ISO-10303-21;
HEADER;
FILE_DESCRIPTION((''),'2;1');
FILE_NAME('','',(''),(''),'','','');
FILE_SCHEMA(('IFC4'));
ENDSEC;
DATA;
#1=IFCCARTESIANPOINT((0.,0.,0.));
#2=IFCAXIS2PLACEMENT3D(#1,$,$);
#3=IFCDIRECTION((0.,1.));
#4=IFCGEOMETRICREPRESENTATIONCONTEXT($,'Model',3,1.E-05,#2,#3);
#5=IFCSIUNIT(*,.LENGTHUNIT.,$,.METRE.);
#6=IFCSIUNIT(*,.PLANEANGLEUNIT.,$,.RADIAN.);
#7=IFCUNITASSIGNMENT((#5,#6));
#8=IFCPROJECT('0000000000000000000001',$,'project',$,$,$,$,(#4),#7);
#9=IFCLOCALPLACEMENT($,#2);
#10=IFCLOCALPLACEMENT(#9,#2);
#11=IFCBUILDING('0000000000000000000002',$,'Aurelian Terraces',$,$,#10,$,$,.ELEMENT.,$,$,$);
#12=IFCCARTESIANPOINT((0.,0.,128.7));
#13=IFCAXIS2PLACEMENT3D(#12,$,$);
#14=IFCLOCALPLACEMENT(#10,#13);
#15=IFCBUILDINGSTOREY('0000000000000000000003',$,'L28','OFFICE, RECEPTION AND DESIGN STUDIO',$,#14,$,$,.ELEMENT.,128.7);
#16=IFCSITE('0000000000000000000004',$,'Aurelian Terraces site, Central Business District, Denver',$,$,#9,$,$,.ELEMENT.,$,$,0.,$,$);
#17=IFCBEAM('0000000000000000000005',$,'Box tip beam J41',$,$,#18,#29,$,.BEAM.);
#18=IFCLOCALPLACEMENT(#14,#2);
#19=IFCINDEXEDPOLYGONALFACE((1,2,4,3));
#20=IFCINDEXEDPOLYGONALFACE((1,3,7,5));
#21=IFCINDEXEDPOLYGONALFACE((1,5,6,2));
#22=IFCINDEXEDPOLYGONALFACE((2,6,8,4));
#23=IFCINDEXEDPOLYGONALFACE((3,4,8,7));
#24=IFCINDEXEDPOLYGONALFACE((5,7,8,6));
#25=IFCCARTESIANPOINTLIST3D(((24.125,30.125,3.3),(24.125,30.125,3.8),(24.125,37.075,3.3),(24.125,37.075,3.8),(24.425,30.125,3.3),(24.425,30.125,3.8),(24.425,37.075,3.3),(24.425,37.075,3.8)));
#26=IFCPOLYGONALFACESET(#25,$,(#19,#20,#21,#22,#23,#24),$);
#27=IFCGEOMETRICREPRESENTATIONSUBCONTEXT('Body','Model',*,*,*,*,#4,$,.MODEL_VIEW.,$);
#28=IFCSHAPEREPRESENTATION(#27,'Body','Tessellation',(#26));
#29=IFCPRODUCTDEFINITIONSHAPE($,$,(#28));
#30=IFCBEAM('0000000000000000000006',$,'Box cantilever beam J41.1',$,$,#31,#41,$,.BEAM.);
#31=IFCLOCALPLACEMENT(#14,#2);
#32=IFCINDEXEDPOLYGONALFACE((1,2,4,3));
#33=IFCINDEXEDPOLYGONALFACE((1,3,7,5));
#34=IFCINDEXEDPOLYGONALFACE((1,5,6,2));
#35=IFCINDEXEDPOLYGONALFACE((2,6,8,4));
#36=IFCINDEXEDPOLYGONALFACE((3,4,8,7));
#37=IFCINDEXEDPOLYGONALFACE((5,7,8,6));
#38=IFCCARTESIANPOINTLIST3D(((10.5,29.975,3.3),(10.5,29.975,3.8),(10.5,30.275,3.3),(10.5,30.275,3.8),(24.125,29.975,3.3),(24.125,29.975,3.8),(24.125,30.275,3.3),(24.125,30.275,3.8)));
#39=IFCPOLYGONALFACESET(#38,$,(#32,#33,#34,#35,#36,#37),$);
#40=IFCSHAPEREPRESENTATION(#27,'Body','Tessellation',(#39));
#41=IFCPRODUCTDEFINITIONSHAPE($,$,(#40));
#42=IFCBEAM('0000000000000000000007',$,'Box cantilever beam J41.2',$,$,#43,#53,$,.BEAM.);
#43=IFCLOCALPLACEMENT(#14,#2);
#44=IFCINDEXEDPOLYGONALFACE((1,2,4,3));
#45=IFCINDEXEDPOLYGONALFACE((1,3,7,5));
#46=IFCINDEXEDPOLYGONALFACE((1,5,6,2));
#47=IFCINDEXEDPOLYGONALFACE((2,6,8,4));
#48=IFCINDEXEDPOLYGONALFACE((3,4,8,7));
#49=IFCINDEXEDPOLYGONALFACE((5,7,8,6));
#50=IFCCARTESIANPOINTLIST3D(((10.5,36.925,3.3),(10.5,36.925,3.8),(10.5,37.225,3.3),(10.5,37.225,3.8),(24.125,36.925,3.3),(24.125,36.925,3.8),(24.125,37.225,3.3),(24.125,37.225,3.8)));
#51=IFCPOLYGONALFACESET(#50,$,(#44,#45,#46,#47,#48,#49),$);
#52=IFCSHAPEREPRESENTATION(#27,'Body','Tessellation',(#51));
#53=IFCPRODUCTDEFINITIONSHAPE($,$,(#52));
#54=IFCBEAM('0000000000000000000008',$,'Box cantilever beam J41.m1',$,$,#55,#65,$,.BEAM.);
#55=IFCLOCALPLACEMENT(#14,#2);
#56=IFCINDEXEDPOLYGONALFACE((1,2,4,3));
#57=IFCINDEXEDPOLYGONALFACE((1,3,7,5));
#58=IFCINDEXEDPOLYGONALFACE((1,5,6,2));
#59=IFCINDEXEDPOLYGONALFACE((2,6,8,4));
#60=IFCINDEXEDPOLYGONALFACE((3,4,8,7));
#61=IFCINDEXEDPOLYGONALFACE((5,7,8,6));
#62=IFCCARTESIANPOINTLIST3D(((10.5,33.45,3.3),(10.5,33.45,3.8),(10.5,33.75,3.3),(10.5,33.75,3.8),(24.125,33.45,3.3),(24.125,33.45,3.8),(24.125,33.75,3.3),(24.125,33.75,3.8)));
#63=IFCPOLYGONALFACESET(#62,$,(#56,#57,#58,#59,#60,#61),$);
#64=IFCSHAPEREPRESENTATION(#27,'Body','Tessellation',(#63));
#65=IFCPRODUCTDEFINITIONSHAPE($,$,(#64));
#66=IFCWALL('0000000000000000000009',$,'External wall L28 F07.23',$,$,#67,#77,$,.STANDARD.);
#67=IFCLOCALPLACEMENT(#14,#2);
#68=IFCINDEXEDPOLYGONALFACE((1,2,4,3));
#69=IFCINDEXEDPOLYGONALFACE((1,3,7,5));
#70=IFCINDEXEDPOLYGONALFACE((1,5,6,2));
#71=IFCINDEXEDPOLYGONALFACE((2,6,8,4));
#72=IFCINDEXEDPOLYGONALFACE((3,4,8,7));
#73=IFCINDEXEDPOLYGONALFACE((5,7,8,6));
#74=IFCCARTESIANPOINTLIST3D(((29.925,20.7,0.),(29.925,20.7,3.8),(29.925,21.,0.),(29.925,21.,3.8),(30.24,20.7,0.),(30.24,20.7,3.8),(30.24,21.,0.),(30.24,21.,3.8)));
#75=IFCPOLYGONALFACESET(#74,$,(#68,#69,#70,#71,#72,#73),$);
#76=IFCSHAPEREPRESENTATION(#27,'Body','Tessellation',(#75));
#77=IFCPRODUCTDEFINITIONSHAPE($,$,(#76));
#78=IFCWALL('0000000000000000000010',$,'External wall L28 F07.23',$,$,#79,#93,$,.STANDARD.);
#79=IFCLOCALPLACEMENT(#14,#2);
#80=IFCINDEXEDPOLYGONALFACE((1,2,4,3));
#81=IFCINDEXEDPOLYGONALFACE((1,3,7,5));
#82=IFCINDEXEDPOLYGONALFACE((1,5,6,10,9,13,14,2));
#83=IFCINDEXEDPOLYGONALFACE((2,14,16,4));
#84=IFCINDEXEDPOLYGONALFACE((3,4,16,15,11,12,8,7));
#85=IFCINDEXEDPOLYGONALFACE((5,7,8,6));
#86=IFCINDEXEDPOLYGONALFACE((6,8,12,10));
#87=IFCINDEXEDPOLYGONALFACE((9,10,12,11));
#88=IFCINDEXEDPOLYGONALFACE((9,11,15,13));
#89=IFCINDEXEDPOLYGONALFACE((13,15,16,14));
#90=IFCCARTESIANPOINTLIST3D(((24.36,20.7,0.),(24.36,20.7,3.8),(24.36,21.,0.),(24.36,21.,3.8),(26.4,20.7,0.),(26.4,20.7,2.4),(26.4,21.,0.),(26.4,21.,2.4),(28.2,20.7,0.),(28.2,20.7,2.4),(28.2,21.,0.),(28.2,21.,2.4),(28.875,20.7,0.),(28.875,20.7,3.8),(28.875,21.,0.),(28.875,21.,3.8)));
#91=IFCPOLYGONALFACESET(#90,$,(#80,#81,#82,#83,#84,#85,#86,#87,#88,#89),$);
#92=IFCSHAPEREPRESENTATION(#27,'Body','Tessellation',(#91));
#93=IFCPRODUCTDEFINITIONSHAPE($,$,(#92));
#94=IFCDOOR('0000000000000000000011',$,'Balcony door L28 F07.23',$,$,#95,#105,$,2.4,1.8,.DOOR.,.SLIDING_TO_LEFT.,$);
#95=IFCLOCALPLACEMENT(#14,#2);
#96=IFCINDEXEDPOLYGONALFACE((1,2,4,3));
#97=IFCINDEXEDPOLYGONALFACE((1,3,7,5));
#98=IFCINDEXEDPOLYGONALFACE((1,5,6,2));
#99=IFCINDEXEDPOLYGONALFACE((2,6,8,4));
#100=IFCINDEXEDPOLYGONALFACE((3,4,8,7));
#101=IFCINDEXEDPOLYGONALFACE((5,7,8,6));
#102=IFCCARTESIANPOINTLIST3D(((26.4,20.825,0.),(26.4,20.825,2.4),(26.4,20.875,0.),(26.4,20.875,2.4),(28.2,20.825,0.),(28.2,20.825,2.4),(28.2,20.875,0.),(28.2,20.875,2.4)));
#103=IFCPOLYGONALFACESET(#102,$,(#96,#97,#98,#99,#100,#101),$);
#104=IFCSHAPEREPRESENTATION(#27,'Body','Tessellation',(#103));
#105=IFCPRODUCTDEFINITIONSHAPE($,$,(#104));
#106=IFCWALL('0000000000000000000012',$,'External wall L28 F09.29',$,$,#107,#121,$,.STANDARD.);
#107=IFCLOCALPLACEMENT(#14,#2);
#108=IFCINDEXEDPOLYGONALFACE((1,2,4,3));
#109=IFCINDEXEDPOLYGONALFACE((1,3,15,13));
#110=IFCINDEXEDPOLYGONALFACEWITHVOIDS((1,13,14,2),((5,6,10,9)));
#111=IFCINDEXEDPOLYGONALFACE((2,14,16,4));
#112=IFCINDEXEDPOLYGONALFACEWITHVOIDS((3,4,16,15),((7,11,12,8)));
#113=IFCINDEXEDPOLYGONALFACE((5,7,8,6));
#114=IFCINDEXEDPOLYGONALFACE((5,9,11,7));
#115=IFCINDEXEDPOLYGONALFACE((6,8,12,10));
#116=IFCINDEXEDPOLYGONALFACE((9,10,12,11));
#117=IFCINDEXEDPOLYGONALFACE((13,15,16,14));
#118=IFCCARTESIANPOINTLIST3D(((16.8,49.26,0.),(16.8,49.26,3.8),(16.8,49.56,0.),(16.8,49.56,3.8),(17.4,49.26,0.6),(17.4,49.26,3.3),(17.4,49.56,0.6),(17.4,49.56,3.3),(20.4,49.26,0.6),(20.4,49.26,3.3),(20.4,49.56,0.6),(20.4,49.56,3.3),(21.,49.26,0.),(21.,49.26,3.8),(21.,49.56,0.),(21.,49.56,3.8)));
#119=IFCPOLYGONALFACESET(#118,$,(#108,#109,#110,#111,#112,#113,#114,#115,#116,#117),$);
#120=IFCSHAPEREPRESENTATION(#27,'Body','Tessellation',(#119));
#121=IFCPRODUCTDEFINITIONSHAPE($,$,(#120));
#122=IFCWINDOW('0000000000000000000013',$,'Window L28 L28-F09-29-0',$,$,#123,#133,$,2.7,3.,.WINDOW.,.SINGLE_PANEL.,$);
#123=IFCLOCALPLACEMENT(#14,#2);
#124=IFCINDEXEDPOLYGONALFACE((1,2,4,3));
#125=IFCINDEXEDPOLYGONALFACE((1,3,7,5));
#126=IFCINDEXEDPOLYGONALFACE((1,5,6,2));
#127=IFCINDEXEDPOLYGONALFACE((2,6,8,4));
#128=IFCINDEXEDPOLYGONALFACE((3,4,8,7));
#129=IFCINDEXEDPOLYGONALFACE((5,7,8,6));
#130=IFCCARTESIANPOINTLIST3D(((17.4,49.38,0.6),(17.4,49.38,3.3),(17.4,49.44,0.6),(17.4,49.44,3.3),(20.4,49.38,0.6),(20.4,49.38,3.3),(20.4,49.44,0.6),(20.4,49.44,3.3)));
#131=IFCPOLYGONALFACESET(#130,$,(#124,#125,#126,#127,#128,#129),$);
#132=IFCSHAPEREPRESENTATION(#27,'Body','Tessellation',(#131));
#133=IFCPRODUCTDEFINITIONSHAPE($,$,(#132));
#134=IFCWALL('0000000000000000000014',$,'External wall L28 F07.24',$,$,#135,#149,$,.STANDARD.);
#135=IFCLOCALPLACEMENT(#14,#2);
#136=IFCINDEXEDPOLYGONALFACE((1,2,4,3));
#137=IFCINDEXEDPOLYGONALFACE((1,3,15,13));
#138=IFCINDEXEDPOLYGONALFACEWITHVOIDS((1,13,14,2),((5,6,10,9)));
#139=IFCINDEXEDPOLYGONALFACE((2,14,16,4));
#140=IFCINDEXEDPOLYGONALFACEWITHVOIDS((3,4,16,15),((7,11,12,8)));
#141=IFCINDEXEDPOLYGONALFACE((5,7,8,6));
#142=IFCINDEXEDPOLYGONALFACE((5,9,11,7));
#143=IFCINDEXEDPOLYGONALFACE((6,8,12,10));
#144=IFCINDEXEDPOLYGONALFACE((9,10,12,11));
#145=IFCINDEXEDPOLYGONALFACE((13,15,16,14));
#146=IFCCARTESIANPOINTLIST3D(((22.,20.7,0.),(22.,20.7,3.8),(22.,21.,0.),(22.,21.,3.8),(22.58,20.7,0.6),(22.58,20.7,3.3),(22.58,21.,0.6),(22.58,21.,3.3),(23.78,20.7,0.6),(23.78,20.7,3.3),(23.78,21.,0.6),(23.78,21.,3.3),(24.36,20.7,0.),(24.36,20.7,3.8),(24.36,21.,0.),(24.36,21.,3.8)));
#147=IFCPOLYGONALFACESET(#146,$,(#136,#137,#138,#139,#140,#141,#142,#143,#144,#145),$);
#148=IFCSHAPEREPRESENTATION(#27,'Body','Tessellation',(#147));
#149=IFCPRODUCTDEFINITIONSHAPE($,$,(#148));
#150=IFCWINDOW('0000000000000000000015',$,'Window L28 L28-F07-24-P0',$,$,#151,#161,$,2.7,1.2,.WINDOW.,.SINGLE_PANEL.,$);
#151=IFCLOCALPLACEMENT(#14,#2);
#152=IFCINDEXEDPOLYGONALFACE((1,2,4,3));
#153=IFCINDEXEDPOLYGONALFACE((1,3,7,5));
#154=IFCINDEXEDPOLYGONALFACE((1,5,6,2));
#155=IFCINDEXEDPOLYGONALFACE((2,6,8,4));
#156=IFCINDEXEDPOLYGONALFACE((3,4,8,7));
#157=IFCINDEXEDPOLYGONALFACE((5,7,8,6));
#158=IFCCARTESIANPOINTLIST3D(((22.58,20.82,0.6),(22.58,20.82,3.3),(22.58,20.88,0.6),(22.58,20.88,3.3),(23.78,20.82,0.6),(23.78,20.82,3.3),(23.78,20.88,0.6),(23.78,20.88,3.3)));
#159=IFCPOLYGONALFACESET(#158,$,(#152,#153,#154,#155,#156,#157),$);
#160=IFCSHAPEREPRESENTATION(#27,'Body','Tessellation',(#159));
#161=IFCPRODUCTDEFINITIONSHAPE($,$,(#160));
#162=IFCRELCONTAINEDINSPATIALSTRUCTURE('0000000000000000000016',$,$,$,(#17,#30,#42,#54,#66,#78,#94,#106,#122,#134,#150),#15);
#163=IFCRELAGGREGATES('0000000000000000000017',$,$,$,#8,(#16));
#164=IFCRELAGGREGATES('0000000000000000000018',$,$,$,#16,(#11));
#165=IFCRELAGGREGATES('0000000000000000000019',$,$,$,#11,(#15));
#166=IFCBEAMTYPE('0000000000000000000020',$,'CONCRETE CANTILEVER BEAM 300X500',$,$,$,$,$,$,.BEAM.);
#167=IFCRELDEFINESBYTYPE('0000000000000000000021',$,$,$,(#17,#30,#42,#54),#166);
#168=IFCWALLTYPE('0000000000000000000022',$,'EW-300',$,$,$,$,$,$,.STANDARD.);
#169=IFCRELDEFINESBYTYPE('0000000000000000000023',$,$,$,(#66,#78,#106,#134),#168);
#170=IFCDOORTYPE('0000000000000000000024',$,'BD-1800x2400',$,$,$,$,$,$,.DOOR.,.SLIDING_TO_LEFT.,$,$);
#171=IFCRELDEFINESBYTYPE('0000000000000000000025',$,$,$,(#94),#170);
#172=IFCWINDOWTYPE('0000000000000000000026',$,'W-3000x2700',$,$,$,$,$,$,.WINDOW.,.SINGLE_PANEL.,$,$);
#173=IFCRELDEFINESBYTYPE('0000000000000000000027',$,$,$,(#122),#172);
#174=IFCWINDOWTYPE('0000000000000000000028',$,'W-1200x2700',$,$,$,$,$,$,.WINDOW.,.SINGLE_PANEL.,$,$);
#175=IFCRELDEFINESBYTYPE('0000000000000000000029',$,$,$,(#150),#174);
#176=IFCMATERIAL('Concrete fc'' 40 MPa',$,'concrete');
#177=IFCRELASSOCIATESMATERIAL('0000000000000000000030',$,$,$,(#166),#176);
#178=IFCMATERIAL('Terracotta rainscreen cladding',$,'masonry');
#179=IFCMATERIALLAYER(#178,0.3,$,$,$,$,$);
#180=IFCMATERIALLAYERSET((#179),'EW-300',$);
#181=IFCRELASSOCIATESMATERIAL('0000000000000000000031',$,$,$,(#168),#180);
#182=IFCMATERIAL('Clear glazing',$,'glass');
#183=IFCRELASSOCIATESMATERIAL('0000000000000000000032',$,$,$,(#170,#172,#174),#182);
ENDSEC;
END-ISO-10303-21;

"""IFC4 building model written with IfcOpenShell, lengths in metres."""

from ifc_helpers import new_model, si_unit, direction, frame, frame_2d, origin, origin_2d, place, context, subcontext, project, spatial, rectangle, extrude, source, transform, mapped, material, layer, layer_set, material_profile, profile_set, type_object, element, fill, save


model = new_model("IFC4")

# Units and contexts
model_context = context("Model", 3, precision=1e-05, world=origin(), true_north=direction((0.0, 1.0)))
body_context = subcontext(model_context, "Body", "Model", "MODEL_VIEW")
ifc_project = project(units=[si_unit("LENGTHUNIT", "METRE"), si_unit("PLANEANGLEUNIT", "RADIAN")], contexts=[model_context])

# Site, building, storey
site_placement = place(None, origin())
site = spatial("IfcSite", under=ifc_project, at=site_placement, Name="Aurelian Terraces site, Central Business District, Denver", CompositionType="ELEMENT", RefElevation=0.0)
building_placement = place(site_placement, origin())
building = spatial("IfcBuilding", under=site, at=building_placement, Name="Aurelian Terraces", CompositionType="ELEMENT")
storey_placement = place(building_placement, frame((0.0, 0.0, 128.7)))
storey = spatial("IfcBuildingStorey", under=building, at=storey_placement, Name="L28", Description="OFFICE, RECEPTION AND DESIGN STUDIO", CompositionType="ELEMENT", Elevation=128.7)

# Beams
ifc_material_1 = material(Name="Concrete fc' 40 MPa", Category="concrete")
ifc_material_profile = material_profile(ifc_material_1, rectangle(XDim=0.3, YDim=0.5, at=origin_2d()))
ifc_profile_set = profile_set([ifc_material_profile], Name="Concrete fc' 40 MPa")
beam_type = type_object("IfcBeamType", Name="CONCRETE CANTILEVER BEAM 300X500", PredefinedType="BEAM", material=ifc_profile_set)
beam_placement = place(storey_placement, frame((24.275, 30.125, 3.55), z_axis=(0.0, 1.0, 0.0), x_axis=(-1.0, 0.0, 0.0)))
element("IfcBeam", 1, at=beam_placement, inside=storey, type_object=beam_type, Name="Box tip beam J41", PredefinedType="BEAM", context=body_context, shape_type="SweptSolid", body=[
    extrude(rectangle(XDim=0.3, YDim=0.5, at=origin_2d()), origin(), (0.0, 0.0, 1.0), 6.95),
])
shared_shape_1 = source(origin(), body_context, "Body", "SweptSolid", [
    extrude(rectangle(XDim=0.3, YDim=0.5, at=origin_2d()), origin(), (0.0, 0.0, 1.0), 13.625),
])
for number, where, z_axis, x_axis, name in (
    (2, (24.125, 30.125, 3.55), (-1.0, 0.0, 0.0), (0.0, -1.0, 0.0), "Box cantilever beam J41.1"),
    (3, (24.125, 37.075, 3.55), (-1.0, 0.0, 0.0), (0.0, -1.0, 0.0), "Box cantilever beam J41.2"),
    (4, (24.125, 33.6, 3.55), (-1.0, 0.0, 0.0), (0.0, -1.0, 0.0), "Box cantilever beam J41.m1"),
):
    element("IfcBeam", number, at=place(storey_placement, frame(where, z_axis=z_axis, x_axis=x_axis)), inside=storey, type_object=beam_type, Name=name, PredefinedType="BEAM", context=body_context, shape_type="MappedRepresentation", body=[
        mapped(shared_shape_1, transform((0.0, 0.0, 0.0), scale=1.0)),
    ])

# Wall
ifc_material_2 = material(Name="Terracotta rainscreen cladding", Category="masonry")
ifc_layer = layer(ifc_material_2, 0.3)
ifc_layer_set = layer_set([ifc_layer], Name="EW-300")
wall_type = type_object("IfcWallType", Name="EW-300", PredefinedType="STANDARD", material=ifc_layer_set)
wall_1_placement = place(storey_placement, frame((30.24, 20.85, 0.0), z_axis=(0.0, 0.0, 1.0), x_axis=(-1.0, 0.0, 0.0)))
element("IfcWall", 5, at=wall_1_placement, inside=storey, type_object=wall_type, Name="External wall L28 F07.23", PredefinedType="STANDARD", context=body_context, shape_type="SweptSolid", body=[
    extrude(rectangle(XDim=0.315, YDim=0.3, at=frame_2d((0.1575, 0.0))), origin(), (0.0, 0.0, 1.0), 3.8),
])

# Wall, opening, door
wall_2_placement = place(storey_placement, frame((28.875, 20.85, 0.0), z_axis=(0.0, 0.0, 1.0), x_axis=(-1.0, 0.0, 0.0)))
wall_2 = element("IfcWall", 6, at=wall_2_placement, inside=storey, type_object=wall_type, Name="External wall L28 F07.23", PredefinedType="STANDARD", context=body_context, shape_type="SweptSolid", body=[
    extrude(rectangle(XDim=4.515, YDim=0.3, at=frame_2d((2.2575, 0.0))), origin(), (0.0, 0.0, 1.0), 3.8),
])
shared_shape_2 = source(origin(), body_context, "Body", "SweptSolid", [
    extrude(rectangle(XDim=1.8, YDim=2.4, at=frame_2d((0.9, 1.2))), frame((0.0, 0.16, 0.0), z_axis=(0.0, -1.0, 0.0), x_axis=(1.0, 0.0, 0.0)), (0.0, 0.0, 1.0), 0.32),
])
opening_1_placement = place(wall_2_placement, frame((0.675, 0.0, 0.0)))
opening_1 = element("IfcOpeningElement", 7, at=opening_1_placement, cuts=wall_2, PredefinedType="OPENING", context=body_context, shape_type="MappedRepresentation", body=[
    mapped(shared_shape_2, transform((0.0, 0.0, 0.0), scale=1.0)),
])
ifc_material_3 = material(Name="Clear glazing", Category="glass")
door_type = type_object("IfcDoorType", Name="BD-1800x2400", OperationType="SLIDING_TO_LEFT", PredefinedType="DOOR", material=ifc_material_3)
shared_shape_3 = source(origin(), body_context, "Body", "SweptSolid", [
    extrude(rectangle(XDim=1.8, YDim=2.4, at=frame_2d((0.9, 1.2))), frame((0.0, 0.025, 0.0), z_axis=(0.0, -1.0, 0.0), x_axis=(1.0, 0.0, 0.0)), (0.0, 0.0, 1.0), 0.05),
])
door_placement = place(opening_1_placement, origin())
door = element("IfcDoor", 8, at=door_placement, inside=storey, type_object=door_type, Name="Balcony door L28 F07.23", OperationType="SLIDING_TO_LEFT", OverallHeight=2.4, OverallWidth=1.8, PredefinedType="DOOR", context=body_context, shape_type="MappedRepresentation", body=[
    mapped(shared_shape_3, transform((0.0, 0.0, 0.0), scale=1.0)),
])
fill(opening_1, door)

# Walls, openings, windows
shared_shape_4 = source(origin(), body_context, "Body", "SweptSolid", [
    extrude(rectangle(XDim=4.2, YDim=0.3, at=frame_2d((2.1, 0.0))), origin(), (0.0, 0.0, 1.0), 3.8),
])
wall_3_placement = place(storey_placement, frame((21.0, 49.41, 0.0), z_axis=(0.0, 0.0, 1.0), x_axis=(-1.0, 0.0, 0.0)))
wall_3 = element("IfcWall", 9, at=wall_3_placement, inside=storey, type_object=wall_type, Name="External wall L28 F09.29", PredefinedType="STANDARD", context=body_context, shape_type="MappedRepresentation", body=[
    mapped(shared_shape_4, transform((0.0, 0.0, 0.0), scale=1.0)),
])
shared_shape_5 = source(origin(), body_context, "Body", "SweptSolid", [
    extrude(rectangle(XDim=3.0, YDim=2.7, at=frame_2d((1.5, 1.35))), frame((0.0, 0.16, 0.0), z_axis=(0.0, -1.0, 0.0), x_axis=(1.0, 0.0, 0.0)), (0.0, 0.0, 1.0), 0.32),
])
opening_2_placement = place(wall_3_placement, frame((0.6, 0.0, 0.6)))
opening_2 = element("IfcOpeningElement", 10, at=opening_2_placement, cuts=wall_3, PredefinedType="OPENING", context=body_context, shape_type="MappedRepresentation", body=[
    mapped(shared_shape_5, transform((0.0, 0.0, 0.0), scale=1.0)),
])
window_type_1 = type_object("IfcWindowType", Name="W-3000x2700", PartitioningType="SINGLE_PANEL", PredefinedType="WINDOW", material=ifc_material_3)
shared_shape_6 = source(origin(), body_context, "Body", "SweptSolid", [
    extrude(rectangle(XDim=3.0, YDim=2.7, at=frame_2d((1.5, 1.35))), frame((0.0, 0.03, 0.0), z_axis=(0.0, -1.0, 0.0), x_axis=(1.0, 0.0, 0.0)), (0.0, 0.0, 1.0), 0.06),
])
window_1_placement = place(opening_2_placement, origin())
window_1 = element("IfcWindow", 11, at=window_1_placement, inside=storey, type_object=window_type_1, Name="Window L28 L28-F09-29-0", OverallHeight=2.7, OverallWidth=3.0, PartitioningType="SINGLE_PANEL", PredefinedType="WINDOW", context=body_context, shape_type="MappedRepresentation", body=[
    mapped(shared_shape_6, transform((0.0, 0.0, 0.0), scale=1.0)),
])
fill(opening_2, window_1)
shared_shape_7 = source(origin(), body_context, "Body", "SweptSolid", [
    extrude(rectangle(XDim=2.36, YDim=0.3, at=frame_2d((1.18, 0.0))), origin(), (0.0, 0.0, 1.0), 3.8),
])
wall_4_placement = place(storey_placement, frame((24.36, 20.85, 0.0), z_axis=(0.0, 0.0, 1.0), x_axis=(-1.0, 0.0, 0.0)))
wall_4 = element("IfcWall", 12, at=wall_4_placement, inside=storey, type_object=wall_type, Name="External wall L28 F07.24", PredefinedType="STANDARD", context=body_context, shape_type="MappedRepresentation", body=[
    mapped(shared_shape_7, transform((0.0, 0.0, 0.0), scale=1.0)),
])
shared_shape_8 = source(origin(), body_context, "Body", "SweptSolid", [
    extrude(rectangle(XDim=1.2, YDim=2.7, at=frame_2d((0.6, 1.35))), frame((0.0, 0.16, 0.0), z_axis=(0.0, -1.0, 0.0), x_axis=(1.0, 0.0, 0.0)), (0.0, 0.0, 1.0), 0.32),
])
opening_3_placement = place(wall_4_placement, frame((0.58, 0.0, 0.6)))
opening_3 = element("IfcOpeningElement", 13, at=opening_3_placement, cuts=wall_4, PredefinedType="OPENING", context=body_context, shape_type="MappedRepresentation", body=[
    mapped(shared_shape_8, transform((0.0, 0.0, 0.0), scale=1.0)),
])
window_type_2 = type_object("IfcWindowType", Name="W-1200x2700", PartitioningType="SINGLE_PANEL", PredefinedType="WINDOW", material=ifc_material_3)
shared_shape_9 = source(origin(), body_context, "Body", "SweptSolid", [
    extrude(rectangle(XDim=1.2, YDim=2.7, at=frame_2d((0.6, 1.35))), frame((0.0, 0.03, 0.0), z_axis=(0.0, -1.0, 0.0), x_axis=(1.0, 0.0, 0.0)), (0.0, 0.0, 1.0), 0.06),
])
window_2_placement = place(opening_3_placement, origin())
window_2 = element("IfcWindow", 14, at=window_2_placement, inside=storey, type_object=window_type_2, Name="Window L28 L28-F07-24-P0", OverallHeight=2.7, OverallWidth=1.2, PartitioningType="SINGLE_PANEL", PredefinedType="WINDOW", context=body_context, shape_type="MappedRepresentation", body=[
    mapped(shared_shape_9, transform((0.0, 0.0, 0.0), scale=1.0)),
])
fill(opening_3, window_2)

save(model, "model.ifc")
